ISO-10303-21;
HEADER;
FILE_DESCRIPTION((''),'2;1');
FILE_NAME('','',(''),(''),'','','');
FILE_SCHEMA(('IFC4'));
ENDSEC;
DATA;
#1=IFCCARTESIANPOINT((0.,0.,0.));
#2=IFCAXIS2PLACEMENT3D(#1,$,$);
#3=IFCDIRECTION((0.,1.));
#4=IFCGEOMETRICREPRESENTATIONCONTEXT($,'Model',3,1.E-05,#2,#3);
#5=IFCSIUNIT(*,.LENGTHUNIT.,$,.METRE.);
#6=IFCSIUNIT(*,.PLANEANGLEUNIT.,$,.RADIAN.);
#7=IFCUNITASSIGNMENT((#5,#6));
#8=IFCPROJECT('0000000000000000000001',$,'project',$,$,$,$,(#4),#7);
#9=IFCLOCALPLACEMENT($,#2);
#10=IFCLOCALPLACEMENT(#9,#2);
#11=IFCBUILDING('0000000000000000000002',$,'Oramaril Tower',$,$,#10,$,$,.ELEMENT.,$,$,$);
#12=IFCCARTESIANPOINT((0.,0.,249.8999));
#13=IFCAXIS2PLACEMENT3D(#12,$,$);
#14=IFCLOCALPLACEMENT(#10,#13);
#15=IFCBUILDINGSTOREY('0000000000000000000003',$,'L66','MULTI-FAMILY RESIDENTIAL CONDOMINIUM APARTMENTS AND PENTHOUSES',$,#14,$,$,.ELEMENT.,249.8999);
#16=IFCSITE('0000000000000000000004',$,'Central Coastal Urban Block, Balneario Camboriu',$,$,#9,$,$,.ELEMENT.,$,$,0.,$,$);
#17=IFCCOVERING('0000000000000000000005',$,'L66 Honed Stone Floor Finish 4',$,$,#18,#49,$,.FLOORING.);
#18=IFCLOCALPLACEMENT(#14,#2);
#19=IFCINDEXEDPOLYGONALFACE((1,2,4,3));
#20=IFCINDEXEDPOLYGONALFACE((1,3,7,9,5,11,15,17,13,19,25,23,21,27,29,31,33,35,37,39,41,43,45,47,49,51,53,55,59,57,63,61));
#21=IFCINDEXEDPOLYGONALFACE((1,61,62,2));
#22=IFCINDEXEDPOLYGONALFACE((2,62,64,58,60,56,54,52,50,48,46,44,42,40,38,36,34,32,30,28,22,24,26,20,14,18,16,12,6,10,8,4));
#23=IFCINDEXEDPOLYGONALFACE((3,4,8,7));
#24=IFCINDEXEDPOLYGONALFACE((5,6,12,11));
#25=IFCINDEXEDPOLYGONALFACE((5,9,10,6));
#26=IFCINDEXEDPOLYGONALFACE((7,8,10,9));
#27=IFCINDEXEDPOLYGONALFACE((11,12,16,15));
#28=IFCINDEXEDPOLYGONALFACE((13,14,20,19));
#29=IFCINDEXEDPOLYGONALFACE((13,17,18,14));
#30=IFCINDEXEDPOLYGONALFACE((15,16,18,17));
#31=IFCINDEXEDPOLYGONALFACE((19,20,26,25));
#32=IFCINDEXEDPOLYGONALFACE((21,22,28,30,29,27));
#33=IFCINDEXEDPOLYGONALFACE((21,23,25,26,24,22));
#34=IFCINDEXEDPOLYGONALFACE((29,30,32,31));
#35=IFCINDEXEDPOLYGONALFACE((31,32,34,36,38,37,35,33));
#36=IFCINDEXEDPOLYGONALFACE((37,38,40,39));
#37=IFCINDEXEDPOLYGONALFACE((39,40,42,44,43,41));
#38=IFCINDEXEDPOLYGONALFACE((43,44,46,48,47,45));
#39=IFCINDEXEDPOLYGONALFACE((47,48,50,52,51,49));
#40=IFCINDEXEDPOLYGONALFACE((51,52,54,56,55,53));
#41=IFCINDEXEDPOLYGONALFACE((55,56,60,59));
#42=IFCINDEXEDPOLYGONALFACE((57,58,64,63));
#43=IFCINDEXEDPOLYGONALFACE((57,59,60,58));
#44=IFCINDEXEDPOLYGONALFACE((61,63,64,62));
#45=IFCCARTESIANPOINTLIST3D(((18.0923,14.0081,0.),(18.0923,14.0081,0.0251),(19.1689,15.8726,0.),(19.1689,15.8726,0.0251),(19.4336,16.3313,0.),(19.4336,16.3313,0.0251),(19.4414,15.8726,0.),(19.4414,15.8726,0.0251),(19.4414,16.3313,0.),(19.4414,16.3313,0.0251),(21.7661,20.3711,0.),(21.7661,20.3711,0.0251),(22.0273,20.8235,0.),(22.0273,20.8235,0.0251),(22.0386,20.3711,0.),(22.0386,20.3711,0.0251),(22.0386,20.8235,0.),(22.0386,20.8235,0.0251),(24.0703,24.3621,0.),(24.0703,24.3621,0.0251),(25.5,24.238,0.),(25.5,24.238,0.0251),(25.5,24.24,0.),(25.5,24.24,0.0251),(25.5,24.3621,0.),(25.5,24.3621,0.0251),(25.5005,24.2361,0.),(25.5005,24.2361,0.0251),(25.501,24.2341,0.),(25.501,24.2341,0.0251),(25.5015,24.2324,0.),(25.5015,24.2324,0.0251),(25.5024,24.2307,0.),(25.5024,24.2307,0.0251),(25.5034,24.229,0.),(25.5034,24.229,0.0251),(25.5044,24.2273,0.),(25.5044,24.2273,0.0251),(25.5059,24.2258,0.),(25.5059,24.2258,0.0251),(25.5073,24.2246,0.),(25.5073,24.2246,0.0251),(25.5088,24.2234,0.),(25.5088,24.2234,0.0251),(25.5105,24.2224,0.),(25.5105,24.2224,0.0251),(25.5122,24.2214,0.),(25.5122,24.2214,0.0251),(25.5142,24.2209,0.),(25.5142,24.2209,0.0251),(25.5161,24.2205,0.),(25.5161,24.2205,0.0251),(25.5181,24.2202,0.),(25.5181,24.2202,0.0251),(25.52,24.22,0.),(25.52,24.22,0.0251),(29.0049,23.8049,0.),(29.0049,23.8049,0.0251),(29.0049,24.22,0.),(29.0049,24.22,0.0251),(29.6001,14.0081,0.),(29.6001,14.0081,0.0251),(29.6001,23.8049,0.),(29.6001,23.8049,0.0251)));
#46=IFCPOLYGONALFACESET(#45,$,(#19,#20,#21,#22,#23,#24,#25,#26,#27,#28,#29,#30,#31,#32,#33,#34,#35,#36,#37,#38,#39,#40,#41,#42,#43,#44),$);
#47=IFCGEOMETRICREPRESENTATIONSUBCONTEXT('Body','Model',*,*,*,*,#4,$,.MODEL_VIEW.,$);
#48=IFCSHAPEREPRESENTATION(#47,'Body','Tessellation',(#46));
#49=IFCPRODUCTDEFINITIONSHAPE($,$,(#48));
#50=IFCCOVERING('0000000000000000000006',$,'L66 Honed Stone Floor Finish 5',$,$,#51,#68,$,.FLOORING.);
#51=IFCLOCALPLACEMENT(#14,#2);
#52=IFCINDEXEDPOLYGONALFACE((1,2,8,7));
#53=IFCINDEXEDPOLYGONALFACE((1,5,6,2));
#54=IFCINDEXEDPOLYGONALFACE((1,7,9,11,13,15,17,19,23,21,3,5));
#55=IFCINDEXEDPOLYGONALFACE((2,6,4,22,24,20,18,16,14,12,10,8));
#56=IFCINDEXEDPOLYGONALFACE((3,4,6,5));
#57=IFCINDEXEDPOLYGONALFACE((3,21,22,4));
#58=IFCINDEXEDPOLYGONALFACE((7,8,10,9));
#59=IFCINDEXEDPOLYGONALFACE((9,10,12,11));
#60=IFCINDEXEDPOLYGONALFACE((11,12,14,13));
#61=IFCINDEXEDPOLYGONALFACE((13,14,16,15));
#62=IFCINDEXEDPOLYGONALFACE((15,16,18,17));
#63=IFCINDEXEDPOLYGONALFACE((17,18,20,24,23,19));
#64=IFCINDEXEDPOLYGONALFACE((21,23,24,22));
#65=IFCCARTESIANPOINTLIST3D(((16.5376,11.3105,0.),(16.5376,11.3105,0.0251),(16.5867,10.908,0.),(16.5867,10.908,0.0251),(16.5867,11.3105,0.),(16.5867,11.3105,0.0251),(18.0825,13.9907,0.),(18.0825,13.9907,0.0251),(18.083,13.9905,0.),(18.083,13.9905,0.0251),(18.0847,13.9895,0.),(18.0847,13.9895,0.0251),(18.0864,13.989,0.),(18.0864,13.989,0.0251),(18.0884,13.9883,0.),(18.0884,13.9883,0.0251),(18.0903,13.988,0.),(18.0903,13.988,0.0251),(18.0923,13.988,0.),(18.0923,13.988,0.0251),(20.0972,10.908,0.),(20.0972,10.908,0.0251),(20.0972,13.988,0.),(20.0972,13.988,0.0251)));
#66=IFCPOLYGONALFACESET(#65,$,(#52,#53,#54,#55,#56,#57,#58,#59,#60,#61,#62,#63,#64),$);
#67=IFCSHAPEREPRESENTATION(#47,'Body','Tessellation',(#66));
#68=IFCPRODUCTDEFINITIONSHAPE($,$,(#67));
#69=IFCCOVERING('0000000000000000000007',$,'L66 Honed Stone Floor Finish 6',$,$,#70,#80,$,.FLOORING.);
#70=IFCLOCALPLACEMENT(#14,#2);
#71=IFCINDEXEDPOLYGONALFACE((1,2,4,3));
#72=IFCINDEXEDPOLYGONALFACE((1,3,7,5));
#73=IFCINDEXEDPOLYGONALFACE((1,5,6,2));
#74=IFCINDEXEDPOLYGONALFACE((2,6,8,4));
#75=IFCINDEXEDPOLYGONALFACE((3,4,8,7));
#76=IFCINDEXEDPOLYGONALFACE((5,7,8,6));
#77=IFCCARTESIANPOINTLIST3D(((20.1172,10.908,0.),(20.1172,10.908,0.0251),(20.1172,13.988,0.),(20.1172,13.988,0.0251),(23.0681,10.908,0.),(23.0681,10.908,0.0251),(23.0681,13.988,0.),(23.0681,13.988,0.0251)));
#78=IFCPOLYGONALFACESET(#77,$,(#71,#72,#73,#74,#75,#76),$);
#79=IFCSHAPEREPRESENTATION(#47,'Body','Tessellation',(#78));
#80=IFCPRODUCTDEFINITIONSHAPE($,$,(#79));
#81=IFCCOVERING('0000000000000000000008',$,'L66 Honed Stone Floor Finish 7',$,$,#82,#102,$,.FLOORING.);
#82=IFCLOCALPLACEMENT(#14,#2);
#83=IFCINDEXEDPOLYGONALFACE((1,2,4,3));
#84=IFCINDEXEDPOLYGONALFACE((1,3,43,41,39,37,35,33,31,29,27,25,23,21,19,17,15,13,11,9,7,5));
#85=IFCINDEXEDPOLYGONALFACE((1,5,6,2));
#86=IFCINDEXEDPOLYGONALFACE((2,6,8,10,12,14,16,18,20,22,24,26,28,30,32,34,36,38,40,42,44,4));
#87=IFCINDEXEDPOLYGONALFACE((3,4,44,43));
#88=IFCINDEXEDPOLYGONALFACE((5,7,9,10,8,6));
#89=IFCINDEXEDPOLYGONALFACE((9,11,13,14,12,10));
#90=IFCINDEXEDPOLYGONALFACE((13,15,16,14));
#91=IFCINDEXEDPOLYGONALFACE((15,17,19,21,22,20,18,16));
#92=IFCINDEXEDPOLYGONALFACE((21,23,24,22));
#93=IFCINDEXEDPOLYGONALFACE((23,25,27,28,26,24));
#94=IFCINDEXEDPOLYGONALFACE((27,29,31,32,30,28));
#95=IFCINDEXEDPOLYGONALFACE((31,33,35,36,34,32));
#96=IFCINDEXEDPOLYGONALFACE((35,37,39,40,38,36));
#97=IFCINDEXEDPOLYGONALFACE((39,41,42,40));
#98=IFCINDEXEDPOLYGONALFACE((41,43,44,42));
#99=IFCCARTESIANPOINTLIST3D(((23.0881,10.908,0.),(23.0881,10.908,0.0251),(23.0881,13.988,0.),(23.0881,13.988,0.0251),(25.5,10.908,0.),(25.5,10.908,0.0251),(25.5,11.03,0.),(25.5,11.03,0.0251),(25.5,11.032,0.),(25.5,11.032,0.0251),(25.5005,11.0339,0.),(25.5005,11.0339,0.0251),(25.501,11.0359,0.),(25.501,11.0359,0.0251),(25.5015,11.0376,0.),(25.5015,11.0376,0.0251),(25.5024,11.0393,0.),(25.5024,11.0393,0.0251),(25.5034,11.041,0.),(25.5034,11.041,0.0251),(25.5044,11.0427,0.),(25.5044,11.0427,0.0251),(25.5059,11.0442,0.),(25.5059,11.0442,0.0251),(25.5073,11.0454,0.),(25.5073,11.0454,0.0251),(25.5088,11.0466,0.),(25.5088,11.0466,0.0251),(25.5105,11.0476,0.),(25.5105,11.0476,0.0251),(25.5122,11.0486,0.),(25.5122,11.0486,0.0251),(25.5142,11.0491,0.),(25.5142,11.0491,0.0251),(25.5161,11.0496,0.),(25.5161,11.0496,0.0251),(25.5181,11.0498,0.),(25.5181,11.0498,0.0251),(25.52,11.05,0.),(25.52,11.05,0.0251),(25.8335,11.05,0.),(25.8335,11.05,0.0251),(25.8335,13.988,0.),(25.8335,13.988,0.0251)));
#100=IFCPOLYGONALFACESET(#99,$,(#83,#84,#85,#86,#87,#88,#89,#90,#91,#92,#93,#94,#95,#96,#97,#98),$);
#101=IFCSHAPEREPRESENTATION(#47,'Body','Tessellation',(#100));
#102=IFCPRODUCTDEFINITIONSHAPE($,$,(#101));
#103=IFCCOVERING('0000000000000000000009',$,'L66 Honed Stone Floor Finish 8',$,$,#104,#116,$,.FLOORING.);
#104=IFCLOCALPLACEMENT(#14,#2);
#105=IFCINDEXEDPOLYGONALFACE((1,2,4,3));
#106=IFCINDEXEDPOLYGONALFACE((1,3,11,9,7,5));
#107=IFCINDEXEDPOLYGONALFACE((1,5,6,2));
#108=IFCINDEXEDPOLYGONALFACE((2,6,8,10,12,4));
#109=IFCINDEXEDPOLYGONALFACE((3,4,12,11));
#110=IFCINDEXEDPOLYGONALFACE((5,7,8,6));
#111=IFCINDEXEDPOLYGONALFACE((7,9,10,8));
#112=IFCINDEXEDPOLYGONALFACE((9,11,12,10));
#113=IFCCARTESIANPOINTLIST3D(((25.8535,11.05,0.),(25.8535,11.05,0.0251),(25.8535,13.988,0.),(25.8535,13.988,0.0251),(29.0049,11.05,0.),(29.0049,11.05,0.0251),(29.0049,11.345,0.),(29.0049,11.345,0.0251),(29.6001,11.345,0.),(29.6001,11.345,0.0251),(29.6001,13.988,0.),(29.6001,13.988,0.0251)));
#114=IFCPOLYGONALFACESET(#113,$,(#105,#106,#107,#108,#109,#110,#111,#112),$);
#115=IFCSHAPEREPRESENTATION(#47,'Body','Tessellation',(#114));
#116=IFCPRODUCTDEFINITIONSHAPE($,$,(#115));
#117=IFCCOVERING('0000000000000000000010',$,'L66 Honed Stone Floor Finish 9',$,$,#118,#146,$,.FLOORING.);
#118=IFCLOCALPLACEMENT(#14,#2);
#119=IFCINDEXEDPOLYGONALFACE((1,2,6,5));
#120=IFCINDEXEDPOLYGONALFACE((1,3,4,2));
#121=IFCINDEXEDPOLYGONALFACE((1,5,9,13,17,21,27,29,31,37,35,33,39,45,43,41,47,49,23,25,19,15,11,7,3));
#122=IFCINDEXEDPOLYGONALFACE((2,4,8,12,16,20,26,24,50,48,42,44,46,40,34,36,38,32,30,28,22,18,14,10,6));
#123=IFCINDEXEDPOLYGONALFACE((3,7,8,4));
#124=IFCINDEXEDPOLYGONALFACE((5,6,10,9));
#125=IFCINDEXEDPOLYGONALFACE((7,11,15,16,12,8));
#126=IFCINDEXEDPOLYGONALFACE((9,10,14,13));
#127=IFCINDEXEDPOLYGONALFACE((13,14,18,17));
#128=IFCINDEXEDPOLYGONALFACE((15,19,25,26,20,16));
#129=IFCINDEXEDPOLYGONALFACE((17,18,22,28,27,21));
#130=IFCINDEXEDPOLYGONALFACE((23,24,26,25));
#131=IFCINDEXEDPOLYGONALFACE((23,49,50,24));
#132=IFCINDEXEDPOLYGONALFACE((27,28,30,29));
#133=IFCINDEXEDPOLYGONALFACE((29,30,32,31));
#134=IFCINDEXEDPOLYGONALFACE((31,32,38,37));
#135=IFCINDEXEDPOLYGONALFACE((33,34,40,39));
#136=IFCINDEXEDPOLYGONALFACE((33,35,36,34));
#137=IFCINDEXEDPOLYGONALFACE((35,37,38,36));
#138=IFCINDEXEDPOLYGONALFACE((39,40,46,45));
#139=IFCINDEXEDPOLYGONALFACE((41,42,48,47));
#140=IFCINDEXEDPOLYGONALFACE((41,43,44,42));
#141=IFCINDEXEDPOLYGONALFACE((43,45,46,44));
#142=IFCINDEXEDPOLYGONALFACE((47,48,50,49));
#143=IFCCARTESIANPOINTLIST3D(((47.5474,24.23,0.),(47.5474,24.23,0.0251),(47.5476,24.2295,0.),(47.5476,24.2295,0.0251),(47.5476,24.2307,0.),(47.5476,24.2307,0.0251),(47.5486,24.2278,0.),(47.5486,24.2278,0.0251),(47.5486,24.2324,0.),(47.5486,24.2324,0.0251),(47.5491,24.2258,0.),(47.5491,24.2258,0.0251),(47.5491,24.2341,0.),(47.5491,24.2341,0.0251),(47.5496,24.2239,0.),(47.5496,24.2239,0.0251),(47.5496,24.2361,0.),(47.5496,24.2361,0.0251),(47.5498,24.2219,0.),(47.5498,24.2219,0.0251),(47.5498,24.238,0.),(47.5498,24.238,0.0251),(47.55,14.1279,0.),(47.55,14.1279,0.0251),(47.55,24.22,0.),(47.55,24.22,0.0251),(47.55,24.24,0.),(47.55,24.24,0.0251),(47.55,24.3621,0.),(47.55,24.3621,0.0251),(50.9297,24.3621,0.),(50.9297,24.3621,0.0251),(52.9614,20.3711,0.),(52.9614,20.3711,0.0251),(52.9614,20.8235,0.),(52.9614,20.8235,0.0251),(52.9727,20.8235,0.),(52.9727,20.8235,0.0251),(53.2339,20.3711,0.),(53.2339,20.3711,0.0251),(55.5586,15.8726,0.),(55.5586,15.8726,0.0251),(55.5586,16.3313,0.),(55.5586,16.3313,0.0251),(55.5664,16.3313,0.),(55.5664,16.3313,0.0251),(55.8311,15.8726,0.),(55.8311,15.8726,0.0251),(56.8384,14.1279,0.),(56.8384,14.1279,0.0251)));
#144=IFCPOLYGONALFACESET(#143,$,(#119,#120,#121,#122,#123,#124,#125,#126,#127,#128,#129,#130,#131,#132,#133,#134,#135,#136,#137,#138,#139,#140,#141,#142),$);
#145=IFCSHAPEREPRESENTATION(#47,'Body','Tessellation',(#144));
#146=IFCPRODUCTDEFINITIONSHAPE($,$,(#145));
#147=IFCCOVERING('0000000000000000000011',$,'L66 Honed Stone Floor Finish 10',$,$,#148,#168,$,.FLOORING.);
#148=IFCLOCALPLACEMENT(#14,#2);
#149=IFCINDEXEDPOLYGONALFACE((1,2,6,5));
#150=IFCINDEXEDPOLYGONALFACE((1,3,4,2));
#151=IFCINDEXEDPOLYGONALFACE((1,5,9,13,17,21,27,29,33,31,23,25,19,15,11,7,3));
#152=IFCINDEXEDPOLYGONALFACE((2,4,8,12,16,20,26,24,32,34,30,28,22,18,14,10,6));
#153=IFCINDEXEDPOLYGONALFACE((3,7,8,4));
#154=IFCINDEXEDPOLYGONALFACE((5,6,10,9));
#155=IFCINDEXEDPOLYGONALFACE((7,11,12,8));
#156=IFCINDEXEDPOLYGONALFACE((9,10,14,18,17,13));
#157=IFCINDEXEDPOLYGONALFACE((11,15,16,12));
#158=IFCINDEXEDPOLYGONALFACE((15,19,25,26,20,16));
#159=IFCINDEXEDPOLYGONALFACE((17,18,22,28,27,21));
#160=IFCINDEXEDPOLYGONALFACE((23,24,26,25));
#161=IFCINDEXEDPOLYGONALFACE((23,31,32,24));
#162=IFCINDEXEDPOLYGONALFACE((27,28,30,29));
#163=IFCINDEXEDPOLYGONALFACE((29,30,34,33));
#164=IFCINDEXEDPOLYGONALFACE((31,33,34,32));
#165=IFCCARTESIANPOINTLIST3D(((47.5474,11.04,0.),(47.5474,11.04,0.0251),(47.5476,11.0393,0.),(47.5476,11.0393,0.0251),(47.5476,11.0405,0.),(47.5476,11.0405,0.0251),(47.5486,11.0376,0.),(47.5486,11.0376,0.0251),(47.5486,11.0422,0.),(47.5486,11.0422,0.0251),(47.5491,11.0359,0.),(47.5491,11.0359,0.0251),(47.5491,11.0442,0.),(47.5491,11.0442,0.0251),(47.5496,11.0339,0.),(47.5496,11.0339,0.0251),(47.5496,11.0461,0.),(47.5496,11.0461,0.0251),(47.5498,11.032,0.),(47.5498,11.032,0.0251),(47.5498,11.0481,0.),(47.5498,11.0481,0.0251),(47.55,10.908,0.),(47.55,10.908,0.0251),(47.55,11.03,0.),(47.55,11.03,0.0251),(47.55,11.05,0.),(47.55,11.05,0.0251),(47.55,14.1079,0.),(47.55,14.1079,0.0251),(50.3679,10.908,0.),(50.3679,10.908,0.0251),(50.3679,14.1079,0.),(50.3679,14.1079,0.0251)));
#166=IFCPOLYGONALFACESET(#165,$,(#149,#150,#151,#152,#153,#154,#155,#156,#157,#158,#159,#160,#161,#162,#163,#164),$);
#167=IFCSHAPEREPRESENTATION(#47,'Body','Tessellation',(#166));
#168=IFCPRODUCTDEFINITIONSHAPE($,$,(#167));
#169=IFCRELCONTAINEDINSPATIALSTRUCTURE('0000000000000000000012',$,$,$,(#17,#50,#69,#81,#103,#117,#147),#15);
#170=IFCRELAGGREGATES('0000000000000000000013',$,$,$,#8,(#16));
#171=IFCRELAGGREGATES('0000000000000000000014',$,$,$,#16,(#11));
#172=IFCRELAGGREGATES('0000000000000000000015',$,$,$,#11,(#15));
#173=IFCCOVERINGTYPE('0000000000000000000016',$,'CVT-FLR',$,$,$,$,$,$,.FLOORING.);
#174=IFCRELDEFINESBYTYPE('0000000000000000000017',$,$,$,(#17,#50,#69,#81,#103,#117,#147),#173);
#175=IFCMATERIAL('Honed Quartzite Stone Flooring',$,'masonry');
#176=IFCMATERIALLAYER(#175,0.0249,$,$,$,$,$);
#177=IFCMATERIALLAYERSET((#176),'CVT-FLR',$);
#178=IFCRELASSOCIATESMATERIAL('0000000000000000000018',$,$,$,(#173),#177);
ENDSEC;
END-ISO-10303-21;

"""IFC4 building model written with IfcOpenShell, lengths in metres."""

from ifc_helpers import new_model, si_unit, direction, frame, origin, place, context, subcontext, project, spatial, polyline, outline, extrude, material, layer, layer_set, type_object, element, save


model = new_model("IFC4")

# Units and contexts
model_context = context("Model", 3, precision=1e-05, world=origin(), true_north=direction((0.0, 1.0)))
body_context = subcontext(model_context, "Body", "Model", "MODEL_VIEW")
ifc_project = project(units=[si_unit("LENGTHUNIT", "METRE"), si_unit("PLANEANGLEUNIT", "RADIAN")], contexts=[model_context])

# Site, building, storey
site_placement = place(None, origin())
site = spatial("IfcSite", under=ifc_project, at=site_placement, Name="Central Coastal Urban Block, Balneario Camboriu", CompositionType="ELEMENT", RefElevation=0.0)
building_placement = place(site_placement, origin())
building = spatial("IfcBuilding", under=site, at=building_placement, Name="Oramaril Tower", CompositionType="ELEMENT")
storey_placement = place(building_placement, frame((0.0, 0.0, 249.8999)))
storey = spatial("IfcBuildingStorey", under=building, at=storey_placement, Name="L66", Description="MULTI-FAMILY RESIDENTIAL CONDOMINIUM APARTMENTS AND PENTHOUSES", CompositionType="ELEMENT", Elevation=249.8999)

# Coverings
ifc_material_1 = material(Name="Honed Quartzite Stone Flooring", Category="masonry")
ifc_layer_1 = layer(ifc_material_1, 0.0249)
ifc_layer_set_1 = layer_set([ifc_layer_1], Name="CVT-FLR")
covering_type_1 = type_object("IfcCoveringType", Name="CVT-FLR", PredefinedType="FLOORING", material=ifc_layer_set_1)
covering_1_placement = place(storey_placement, origin())
element("IfcCovering", 1, at=covering_1_placement, inside=storey, type_object=covering_type_1, Name="L66 Honed Stone Floor Finish 4", PredefinedType="FLOORING", context=body_context, shape_type="SweptSolid", body=[
    extrude(outline(polyline([(29.0049, 23.8049), (29.6001, 23.8049), (29.6001, 14.0081), (18.0923, 14.0081), (19.1689, 15.8726), (19.4414, 15.8726), (19.4414, 16.3313), (19.4336, 16.3313), (21.7661, 20.3711), (22.0386, 20.3711), (22.0386, 20.8235), (22.0273, 20.8235), (24.0703, 24.3621), (25.5, 24.3621), (25.5, 24.24), (25.5, 24.238), (25.5005, 24.2361), (25.501, 24.2341), (25.5015, 24.2324), (25.5024, 24.2307), (25.5034, 24.229), (25.5044, 24.2273), (25.5059, 24.2258), (25.5073, 24.2246), (25.5088, 24.2234), (25.5105, 24.2224), (25.5122, 24.2214), (25.5142, 24.2209), (25.5161, 24.2205), (25.5181, 24.2202), (25.52, 24.22), (29.0049, 24.22), (29.0049, 23.8049)])), origin(), (0.0, 0.0, 1.0), 0.0251),
])
covering_2_placement = place(storey_placement, origin())
element("IfcCovering", 2, at=covering_2_placement, inside=storey, type_object=covering_type_1, Name="L66 Honed Stone Floor Finish 5", PredefinedType="FLOORING", context=body_context, shape_type="SweptSolid", body=[
    extrude(outline(polyline([(16.5867, 10.908), (16.5867, 11.3105), (16.5376, 11.3105), (18.0825, 13.9907), (18.083, 13.9905), (18.0847, 13.9895), (18.0864, 13.989), (18.0884, 13.9883), (18.0903, 13.988), (18.0923, 13.988), (20.0972, 13.988), (20.0972, 10.908), (16.5867, 10.908)])), origin(), (0.0, 0.0, 1.0), 0.0251),
])
covering_3_placement = place(storey_placement, origin())
element("IfcCovering", 3, at=covering_3_placement, inside=storey, type_object=covering_type_1, Name="L66 Honed Stone Floor Finish 6", PredefinedType="FLOORING", context=body_context, shape_type="SweptSolid", body=[
    extrude(outline(polyline([(20.1172, 10.908), (20.1172, 13.988), (23.0681, 13.988), (23.0681, 10.908), (20.1172, 10.908)])), origin(), (0.0, 0.0, 1.0), 0.0251),
])
covering_4_placement = place(storey_placement, origin())
element("IfcCovering", 4, at=covering_4_placement, inside=storey, type_object=covering_type_1, Name="L66 Honed Stone Floor Finish 7", PredefinedType="FLOORING", context=body_context, shape_type="SweptSolid", body=[
    extrude(outline(polyline([(23.0881, 10.908), (23.0881, 13.988), (25.8335, 13.988), (25.8335, 11.05), (25.52, 11.05), (25.5181, 11.0498), (25.5161, 11.0496), (25.5142, 11.0491), (25.5122, 11.0486), (25.5105, 11.0476), (25.5088, 11.0466), (25.5073, 11.0454), (25.5059, 11.0442), (25.5044, 11.0427), (25.5034, 11.041), (25.5024, 11.0393), (25.5015, 11.0376), (25.501, 11.0359), (25.5005, 11.0339), (25.5, 11.032), (25.5, 11.03), (25.5, 10.908), (23.0881, 10.908)])), origin(), (0.0, 0.0, 1.0), 0.0251),
])
covering_5_placement = place(storey_placement, origin())
element("IfcCovering", 5, at=covering_5_placement, inside=storey, type_object=covering_type_1, Name="L66 Honed Stone Floor Finish 8", PredefinedType="FLOORING", context=body_context, shape_type="SweptSolid", body=[
    extrude(outline(polyline([(29.6001, 11.345), (29.0049, 11.345), (29.0049, 11.05), (25.8535, 11.05), (25.8535, 13.988), (29.6001, 13.988), (29.6001, 11.345)])), origin(), (0.0, 0.0, 1.0), 0.0251),
])
covering_6_placement = place(storey_placement, origin())
element("IfcCovering", 6, at=covering_6_placement, inside=storey, type_object=covering_type_1, Name="L66 Honed Stone Floor Finish 9", PredefinedType="FLOORING", context=body_context, shape_type="SweptSolid", body=[
    extrude(outline(polyline([(52.9727, 20.8235), (52.9614, 20.8235), (52.9614, 20.3711), (53.2339, 20.3711), (55.5664, 16.3313), (55.5586, 16.3313), (55.5586, 15.8726), (55.8311, 15.8726), (56.8384, 14.1279), (47.55, 14.1279), (47.55, 24.22), (47.5498, 24.2219), (47.5496, 24.2239), (47.5491, 24.2258), (47.5486, 24.2278), (47.5476, 24.2295), (47.5474, 24.23), (47.5476, 24.2307), (47.5486, 24.2324), (47.5491, 24.2341), (47.5496, 24.2361), (47.5498, 24.238), (47.55, 24.24), (47.55, 24.3621), (50.9297, 24.3621), (52.9727, 20.8235)])), origin(), (0.0, 0.0, 1.0), 0.0251),
])
covering_7_placement = place(storey_placement, origin())
element("IfcCovering", 7, at=covering_7_placement, inside=storey, type_object=covering_type_1, Name="L66 Honed Stone Floor Finish 10", PredefinedType="FLOORING", context=body_context, shape_type="SweptSolid", body=[
    extrude(outline(polyline([(50.3679, 10.908), (47.55, 10.908), (47.55, 11.03), (47.5498, 11.032), (47.5496, 11.0339), (47.5491, 11.0359), (47.5486, 11.0376), (47.5476, 11.0393), (47.5474, 11.04), (47.5476, 11.0405), (47.5486, 11.0422), (47.5491, 11.0442), (47.5496, 11.0461), (47.5498, 11.0481), (47.55, 11.05), (47.55, 14.1079), (50.3679, 14.1079), (50.3679, 10.908)])), origin(), (0.0, 0.0, 1.0), 0.0251),
])

save(model, "model.ifc")
